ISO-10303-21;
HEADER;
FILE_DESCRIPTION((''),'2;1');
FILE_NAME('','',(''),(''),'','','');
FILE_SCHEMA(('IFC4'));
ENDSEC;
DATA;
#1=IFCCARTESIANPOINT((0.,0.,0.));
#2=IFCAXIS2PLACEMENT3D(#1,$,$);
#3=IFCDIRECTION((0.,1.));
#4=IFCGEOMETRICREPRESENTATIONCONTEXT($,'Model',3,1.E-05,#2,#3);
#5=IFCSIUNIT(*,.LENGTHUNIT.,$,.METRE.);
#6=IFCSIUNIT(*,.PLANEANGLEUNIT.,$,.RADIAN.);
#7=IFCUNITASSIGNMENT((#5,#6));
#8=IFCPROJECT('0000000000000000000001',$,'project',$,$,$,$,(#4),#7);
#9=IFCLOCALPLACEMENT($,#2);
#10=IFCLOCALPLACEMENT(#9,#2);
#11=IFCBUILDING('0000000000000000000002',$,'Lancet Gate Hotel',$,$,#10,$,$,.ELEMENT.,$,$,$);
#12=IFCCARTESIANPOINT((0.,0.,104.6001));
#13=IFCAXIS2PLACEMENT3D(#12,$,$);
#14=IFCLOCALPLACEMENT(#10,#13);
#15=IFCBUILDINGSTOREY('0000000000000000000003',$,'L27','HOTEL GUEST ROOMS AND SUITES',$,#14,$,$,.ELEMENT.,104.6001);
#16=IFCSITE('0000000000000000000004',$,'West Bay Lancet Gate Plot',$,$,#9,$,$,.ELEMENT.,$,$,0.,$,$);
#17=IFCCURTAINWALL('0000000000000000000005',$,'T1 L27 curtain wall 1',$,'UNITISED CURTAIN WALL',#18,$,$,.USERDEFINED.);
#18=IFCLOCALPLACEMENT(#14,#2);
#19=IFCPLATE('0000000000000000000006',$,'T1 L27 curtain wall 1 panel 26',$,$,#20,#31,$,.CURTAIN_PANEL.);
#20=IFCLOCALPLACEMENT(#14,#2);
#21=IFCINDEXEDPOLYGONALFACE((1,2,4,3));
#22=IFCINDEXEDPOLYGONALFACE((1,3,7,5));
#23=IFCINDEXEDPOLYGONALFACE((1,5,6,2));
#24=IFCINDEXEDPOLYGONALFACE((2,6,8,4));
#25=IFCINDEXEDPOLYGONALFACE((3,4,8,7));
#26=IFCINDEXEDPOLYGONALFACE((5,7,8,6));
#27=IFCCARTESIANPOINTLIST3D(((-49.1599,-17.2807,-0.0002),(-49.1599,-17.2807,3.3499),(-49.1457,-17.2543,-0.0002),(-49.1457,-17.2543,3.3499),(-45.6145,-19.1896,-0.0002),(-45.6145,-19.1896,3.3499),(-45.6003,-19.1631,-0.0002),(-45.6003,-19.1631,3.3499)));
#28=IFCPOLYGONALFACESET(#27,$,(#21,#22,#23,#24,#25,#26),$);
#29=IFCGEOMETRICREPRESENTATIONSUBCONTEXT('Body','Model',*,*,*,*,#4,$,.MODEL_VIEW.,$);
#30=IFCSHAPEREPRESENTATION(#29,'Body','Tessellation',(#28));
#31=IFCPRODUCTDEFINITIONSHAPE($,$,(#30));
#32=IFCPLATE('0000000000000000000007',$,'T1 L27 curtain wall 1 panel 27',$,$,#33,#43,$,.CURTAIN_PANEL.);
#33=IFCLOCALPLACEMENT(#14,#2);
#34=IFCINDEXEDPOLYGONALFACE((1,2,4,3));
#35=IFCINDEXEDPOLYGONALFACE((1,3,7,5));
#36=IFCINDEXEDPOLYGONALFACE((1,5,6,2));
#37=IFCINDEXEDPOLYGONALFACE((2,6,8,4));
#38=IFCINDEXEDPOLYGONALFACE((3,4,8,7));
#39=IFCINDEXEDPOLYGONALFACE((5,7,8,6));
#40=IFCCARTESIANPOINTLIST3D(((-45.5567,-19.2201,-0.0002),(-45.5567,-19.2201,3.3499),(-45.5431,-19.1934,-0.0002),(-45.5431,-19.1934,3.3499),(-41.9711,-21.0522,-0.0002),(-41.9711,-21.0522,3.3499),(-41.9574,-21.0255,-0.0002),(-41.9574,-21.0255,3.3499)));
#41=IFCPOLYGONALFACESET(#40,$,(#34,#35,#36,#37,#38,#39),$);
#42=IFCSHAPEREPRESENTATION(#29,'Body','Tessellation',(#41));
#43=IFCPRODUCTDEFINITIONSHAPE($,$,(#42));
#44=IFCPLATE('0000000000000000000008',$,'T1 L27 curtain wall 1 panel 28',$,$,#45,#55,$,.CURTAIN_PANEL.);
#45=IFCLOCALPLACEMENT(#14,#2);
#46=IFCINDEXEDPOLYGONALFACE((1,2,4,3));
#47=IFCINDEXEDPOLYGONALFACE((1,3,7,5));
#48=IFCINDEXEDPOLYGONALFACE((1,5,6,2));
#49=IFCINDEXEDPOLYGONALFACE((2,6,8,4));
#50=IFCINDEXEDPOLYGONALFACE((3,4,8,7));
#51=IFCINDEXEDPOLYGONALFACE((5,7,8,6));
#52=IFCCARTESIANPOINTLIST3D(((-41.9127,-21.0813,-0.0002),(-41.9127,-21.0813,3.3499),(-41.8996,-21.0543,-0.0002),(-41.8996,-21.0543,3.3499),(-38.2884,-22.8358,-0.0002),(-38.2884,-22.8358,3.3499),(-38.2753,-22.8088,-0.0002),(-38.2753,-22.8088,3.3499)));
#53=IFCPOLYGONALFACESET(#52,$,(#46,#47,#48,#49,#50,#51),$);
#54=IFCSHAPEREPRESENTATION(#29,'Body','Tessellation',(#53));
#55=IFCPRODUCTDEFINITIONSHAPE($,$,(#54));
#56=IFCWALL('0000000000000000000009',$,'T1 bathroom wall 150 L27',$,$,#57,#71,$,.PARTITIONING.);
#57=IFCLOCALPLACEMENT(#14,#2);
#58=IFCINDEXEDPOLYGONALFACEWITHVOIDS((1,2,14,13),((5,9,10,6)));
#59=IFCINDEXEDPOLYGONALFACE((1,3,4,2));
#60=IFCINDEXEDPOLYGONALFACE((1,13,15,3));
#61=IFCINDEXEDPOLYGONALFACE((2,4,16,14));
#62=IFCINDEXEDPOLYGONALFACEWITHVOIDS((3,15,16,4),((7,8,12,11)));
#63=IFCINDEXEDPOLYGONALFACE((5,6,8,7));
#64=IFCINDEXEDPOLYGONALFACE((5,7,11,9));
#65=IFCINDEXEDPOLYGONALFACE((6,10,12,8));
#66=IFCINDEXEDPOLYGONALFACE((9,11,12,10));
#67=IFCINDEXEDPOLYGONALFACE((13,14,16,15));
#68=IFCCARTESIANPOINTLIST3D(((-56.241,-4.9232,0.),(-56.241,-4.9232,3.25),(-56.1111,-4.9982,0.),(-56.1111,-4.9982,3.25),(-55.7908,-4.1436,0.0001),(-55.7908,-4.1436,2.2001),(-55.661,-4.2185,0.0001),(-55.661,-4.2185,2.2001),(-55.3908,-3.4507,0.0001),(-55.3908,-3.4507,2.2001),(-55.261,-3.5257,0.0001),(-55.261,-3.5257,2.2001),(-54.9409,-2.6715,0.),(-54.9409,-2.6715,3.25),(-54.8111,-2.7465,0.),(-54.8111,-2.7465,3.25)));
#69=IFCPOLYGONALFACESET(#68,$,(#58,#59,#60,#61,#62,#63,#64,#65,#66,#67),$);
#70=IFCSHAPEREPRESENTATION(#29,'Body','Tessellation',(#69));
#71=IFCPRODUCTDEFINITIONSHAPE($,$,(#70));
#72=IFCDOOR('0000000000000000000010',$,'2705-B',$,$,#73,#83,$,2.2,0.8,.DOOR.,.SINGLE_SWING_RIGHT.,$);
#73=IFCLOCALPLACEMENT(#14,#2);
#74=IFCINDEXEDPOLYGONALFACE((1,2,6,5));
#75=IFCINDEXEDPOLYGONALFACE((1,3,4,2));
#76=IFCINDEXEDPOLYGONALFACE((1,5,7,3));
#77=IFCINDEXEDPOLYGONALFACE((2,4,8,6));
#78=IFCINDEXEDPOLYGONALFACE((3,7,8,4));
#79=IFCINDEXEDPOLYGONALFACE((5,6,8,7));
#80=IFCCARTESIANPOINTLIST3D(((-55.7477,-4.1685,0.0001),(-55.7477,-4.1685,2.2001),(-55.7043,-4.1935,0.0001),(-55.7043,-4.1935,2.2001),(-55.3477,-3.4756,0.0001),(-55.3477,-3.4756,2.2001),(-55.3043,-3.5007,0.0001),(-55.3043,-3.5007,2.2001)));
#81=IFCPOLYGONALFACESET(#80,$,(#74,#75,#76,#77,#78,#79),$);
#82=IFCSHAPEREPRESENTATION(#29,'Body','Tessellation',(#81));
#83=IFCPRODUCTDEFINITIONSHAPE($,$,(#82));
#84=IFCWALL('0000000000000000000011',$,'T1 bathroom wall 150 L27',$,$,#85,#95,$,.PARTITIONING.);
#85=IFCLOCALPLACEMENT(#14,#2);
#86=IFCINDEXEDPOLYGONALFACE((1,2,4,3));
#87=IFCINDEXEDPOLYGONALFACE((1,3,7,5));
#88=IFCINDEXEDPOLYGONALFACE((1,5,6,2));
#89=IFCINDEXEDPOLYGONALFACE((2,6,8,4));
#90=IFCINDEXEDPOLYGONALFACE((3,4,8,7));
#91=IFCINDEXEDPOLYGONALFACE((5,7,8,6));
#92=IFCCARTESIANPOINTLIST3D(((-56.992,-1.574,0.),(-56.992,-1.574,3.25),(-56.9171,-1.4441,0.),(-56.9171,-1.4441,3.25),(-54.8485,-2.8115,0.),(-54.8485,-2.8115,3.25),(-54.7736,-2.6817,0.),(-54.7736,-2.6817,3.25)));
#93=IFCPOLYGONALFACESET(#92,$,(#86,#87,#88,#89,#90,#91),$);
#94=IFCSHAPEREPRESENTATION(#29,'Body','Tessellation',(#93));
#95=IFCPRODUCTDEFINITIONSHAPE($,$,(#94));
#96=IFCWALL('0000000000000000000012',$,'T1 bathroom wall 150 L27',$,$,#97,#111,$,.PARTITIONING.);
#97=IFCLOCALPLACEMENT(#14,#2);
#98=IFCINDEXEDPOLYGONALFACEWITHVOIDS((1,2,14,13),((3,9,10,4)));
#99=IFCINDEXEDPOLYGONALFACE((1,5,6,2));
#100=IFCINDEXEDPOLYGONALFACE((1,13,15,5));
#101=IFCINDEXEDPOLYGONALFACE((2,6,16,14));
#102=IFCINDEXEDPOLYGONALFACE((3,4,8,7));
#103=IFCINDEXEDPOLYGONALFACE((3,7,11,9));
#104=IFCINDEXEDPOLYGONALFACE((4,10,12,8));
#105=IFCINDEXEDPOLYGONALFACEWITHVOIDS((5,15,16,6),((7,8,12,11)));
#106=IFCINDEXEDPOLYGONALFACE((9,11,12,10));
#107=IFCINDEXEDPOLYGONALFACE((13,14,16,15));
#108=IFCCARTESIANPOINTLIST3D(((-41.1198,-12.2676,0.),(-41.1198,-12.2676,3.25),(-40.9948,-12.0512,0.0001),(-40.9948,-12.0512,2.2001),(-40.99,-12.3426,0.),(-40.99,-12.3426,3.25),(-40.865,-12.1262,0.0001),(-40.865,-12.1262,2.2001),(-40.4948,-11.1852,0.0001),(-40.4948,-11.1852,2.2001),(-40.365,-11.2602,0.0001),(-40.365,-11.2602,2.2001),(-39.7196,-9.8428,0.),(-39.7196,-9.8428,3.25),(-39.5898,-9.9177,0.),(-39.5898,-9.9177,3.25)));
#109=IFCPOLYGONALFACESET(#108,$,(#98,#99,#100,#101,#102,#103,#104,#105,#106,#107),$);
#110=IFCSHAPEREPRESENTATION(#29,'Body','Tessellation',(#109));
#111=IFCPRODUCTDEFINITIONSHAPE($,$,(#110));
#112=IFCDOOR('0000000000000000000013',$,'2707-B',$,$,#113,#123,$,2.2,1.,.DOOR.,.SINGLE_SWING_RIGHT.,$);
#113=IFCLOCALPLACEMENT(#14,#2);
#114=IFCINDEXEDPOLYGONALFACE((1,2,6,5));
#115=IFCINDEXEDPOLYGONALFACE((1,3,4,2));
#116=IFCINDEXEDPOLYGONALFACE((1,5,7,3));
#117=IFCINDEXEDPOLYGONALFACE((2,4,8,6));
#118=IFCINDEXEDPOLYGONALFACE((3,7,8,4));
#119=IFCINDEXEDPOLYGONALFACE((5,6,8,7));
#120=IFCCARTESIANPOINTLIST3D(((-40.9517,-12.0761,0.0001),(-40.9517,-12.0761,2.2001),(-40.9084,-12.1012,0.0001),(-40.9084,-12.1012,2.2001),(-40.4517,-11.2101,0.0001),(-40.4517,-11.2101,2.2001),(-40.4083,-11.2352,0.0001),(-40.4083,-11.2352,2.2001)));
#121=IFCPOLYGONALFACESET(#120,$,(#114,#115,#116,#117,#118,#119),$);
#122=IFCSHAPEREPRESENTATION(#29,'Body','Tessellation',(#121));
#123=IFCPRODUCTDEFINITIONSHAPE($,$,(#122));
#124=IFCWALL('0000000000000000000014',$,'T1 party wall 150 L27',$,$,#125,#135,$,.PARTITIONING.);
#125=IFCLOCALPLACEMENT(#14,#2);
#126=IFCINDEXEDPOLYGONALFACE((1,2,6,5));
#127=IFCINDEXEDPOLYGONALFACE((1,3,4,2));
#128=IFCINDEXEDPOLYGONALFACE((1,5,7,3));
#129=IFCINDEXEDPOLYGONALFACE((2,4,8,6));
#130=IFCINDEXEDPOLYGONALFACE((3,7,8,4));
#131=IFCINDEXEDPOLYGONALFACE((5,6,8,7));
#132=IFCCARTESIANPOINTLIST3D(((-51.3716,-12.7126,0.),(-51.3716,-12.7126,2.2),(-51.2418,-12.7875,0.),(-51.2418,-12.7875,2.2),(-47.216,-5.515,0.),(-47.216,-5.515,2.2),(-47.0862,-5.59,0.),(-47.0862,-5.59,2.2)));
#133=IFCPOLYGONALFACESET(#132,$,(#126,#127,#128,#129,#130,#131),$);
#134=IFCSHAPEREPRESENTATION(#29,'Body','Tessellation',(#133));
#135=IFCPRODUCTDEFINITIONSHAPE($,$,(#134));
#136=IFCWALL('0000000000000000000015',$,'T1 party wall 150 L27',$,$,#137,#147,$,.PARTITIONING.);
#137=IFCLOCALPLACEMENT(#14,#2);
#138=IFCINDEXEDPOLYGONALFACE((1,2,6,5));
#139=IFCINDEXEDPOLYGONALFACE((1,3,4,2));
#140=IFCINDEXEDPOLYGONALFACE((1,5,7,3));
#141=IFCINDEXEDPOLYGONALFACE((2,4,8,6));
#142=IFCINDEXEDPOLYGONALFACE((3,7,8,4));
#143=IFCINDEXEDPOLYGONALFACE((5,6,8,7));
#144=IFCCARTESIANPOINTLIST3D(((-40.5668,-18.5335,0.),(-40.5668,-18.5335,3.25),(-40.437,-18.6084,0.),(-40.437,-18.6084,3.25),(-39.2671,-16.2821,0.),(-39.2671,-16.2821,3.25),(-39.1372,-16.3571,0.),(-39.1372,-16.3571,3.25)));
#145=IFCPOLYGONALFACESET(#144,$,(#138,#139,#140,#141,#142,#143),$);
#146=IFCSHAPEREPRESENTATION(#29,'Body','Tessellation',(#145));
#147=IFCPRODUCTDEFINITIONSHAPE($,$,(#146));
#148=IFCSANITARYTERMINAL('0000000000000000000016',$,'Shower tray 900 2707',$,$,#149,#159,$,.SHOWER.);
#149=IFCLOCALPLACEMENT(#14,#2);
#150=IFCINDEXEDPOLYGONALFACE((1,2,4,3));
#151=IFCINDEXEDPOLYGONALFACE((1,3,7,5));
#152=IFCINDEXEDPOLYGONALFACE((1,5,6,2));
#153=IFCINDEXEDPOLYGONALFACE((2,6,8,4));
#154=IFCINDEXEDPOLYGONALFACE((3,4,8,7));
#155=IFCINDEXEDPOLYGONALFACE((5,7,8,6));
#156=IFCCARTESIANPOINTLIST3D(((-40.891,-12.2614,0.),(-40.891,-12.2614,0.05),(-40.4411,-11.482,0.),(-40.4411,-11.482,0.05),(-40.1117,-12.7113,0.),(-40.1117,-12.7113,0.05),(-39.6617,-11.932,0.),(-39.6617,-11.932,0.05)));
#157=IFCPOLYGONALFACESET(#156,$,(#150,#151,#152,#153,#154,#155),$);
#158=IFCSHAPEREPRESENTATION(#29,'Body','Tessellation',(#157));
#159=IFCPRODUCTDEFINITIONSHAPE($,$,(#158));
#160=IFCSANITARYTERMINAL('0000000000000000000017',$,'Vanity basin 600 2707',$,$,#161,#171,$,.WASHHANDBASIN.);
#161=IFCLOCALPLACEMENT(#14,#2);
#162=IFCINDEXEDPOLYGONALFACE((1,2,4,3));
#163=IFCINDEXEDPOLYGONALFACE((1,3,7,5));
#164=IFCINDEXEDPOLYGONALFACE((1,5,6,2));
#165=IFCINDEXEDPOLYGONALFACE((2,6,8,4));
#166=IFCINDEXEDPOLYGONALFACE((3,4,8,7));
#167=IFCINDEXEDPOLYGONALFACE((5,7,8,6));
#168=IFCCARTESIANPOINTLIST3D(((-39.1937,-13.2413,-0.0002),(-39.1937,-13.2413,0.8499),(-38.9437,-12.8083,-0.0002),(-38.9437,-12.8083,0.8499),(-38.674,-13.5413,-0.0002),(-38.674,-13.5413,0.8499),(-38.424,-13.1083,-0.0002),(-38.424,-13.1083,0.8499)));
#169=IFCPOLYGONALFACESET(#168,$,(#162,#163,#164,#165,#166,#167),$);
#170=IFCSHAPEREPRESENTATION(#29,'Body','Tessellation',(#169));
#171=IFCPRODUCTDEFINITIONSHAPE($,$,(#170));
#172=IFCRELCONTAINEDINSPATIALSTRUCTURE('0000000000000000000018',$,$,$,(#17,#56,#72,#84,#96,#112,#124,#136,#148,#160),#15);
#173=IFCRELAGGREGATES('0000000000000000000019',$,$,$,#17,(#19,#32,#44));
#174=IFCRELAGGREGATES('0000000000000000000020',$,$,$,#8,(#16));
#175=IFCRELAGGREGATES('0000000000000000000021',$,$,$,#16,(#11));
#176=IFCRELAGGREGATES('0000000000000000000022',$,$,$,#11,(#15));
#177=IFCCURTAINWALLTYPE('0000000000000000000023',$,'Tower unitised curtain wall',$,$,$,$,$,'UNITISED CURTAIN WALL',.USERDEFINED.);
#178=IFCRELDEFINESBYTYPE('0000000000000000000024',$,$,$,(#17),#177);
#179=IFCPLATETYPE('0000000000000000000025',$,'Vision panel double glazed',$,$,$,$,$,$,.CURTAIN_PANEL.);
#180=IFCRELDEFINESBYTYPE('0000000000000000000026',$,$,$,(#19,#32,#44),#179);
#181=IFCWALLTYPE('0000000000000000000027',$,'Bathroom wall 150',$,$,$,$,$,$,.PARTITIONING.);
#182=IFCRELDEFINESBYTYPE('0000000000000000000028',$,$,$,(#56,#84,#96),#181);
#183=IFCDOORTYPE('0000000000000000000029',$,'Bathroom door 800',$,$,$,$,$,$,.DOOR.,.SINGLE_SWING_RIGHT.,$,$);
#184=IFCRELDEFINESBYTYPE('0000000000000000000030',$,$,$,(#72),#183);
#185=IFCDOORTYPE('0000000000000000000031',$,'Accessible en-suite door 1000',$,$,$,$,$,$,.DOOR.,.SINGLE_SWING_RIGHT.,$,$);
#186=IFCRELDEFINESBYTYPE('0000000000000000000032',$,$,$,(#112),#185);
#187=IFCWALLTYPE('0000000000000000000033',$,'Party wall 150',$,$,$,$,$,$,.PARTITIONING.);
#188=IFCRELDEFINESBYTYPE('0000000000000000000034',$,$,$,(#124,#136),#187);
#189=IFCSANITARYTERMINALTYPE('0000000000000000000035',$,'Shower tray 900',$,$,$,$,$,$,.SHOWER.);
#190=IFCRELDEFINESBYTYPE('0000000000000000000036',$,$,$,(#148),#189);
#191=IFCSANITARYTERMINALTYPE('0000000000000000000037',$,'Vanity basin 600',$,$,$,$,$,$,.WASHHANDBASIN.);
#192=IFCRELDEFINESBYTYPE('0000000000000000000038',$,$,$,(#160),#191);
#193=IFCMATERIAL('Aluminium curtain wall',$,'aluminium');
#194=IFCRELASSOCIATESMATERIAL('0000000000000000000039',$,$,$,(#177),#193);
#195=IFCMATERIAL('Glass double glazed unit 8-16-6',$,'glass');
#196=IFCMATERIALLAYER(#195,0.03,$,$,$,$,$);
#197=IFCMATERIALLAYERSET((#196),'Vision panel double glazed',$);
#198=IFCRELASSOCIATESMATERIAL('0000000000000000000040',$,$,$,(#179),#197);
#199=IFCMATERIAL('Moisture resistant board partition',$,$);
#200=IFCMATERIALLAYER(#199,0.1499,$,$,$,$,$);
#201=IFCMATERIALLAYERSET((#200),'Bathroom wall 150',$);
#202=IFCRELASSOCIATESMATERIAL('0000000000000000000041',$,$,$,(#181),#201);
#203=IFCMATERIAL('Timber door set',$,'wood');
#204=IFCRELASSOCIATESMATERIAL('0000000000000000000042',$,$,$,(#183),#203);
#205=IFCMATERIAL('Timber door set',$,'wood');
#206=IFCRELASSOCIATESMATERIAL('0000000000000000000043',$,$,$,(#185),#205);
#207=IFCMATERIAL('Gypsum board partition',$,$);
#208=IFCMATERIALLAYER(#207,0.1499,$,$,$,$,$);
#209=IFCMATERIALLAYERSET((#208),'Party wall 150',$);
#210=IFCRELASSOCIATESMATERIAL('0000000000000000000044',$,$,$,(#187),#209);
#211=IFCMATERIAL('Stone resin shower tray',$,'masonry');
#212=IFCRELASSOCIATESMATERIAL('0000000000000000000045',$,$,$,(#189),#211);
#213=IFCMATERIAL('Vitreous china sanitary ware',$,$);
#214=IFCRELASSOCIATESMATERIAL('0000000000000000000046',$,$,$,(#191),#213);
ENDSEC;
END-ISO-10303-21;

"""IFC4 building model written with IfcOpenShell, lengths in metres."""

from ifc_helpers import new_model, si_unit, direction, frame, frame_2d, origin, origin_2d, place, context, subcontext, project, spatial, rectangle, extrude, material, layer, layer_set, type_object, element, fill, aggregate, save


model = new_model("IFC4")

# Units and contexts
model_context = context("Model", 3, precision=1e-05, world=origin(), true_north=direction((0.0, 1.0)))
body_context = subcontext(model_context, "Body", "Model", "MODEL_VIEW")
ifc_project = project(units=[si_unit("LENGTHUNIT", "METRE"), si_unit("PLANEANGLEUNIT", "RADIAN")], contexts=[model_context])

# Site, building, storey
site_placement = place(None, origin())
site = spatial("IfcSite", under=ifc_project, at=site_placement, Name="West Bay Lancet Gate Plot", CompositionType="ELEMENT", RefElevation=0.0)
building_placement = place(site_placement, origin())
building = spatial("IfcBuilding", under=site, at=building_placement, Name="Lancet Gate Hotel", CompositionType="ELEMENT")
storey_placement = place(building_placement, frame((0.0, 0.0, 104.6001)))
storey = spatial("IfcBuildingStorey", under=building, at=storey_placement, Name="L27", Description="HOTEL GUEST ROOMS AND SUITES", CompositionType="ELEMENT", Elevation=104.6001)

# Curtain wall
ifc_material_1 = material(Name="Aluminium curtain wall", Category="aluminium")
curtain_wall_type = type_object("IfcCurtainWallType", Name="Tower unitised curtain wall", ElementType="UNITISED CURTAIN WALL", PredefinedType="USERDEFINED", material=ifc_material_1)
curtain_wall_placement = place(storey_placement, origin())
curtain_wall = element("IfcCurtainWall", 1, at=curtain_wall_placement, inside=storey, type_object=curtain_wall_type, Name="T1 L27 curtain wall 1", ObjectType="UNITISED CURTAIN WALL", PredefinedType="USERDEFINED")

# Plates
ifc_material_2 = material(Name="Glass double glazed unit 8-16-6", Category="glass")
ifc_layer_1 = layer(ifc_material_2, 0.03)
ifc_layer_set_1 = layer_set([ifc_layer_1], Name="Vision panel double glazed")
plate_type = type_object("IfcPlateType", Name="Vision panel double glazed", PredefinedType="CURTAIN_PANEL", material=ifc_layer_set_1)
plate_1_placement = place(storey_placement, frame((-47.3801, -18.2219, -0.0002), z_axis=(0.0, 0.0, 1.0), x_axis=(0.880493, -0.47406, 0.0)))
plate_1 = element("IfcPlate", 2, at=plate_1_placement, type_object=plate_type, Name="T1 L27 curtain wall 1 panel 26", PredefinedType="CURTAIN_PANEL", context=body_context, shape_type="SweptSolid", body=[
    extrude(rectangle(XDim=4.0266, YDim=0.03, at=origin_2d()), origin(), (0.0, 0.0, 1.0), 3.3501),
])
plate_2_placement = place(storey_placement, frame((-43.7571, -20.1228, -0.0002), z_axis=(0.0, 0.0, 1.0), x_axis=(0.890493, -0.454996, 0.0)))
plate_2 = element("IfcPlate", 3, at=plate_2_placement, type_object=plate_type, Name="T1 L27 curtain wall 1 panel 27", PredefinedType="CURTAIN_PANEL", context=body_context, shape_type="SweptSolid", body=[
    extrude(rectangle(XDim=4.0266, YDim=0.03, at=origin_2d()), origin(), (0.0, 0.0, 1.0), 3.3501),
])
plate_3_placement = place(storey_placement, frame((-40.094, -21.9451, -0.0002), z_axis=(0.0, 0.0, 1.0), x_axis=(0.900082, -0.435721, 0.0)))
plate_3 = element("IfcPlate", 4, at=plate_3_placement, type_object=plate_type, Name="T1 L27 curtain wall 1 panel 28", PredefinedType="CURTAIN_PANEL", context=body_context, shape_type="SweptSolid", body=[
    extrude(rectangle(XDim=4.0266, YDim=0.03, at=origin_2d()), origin(), (0.0, 0.0, 1.0), 3.3501),
])
aggregate(curtain_wall, [plate_1, plate_2, plate_3])

# Wall, opening, door
ifc_material_3 = material(Name="Moisture resistant board partition")
ifc_layer_2 = layer(ifc_material_3, 0.1499)
ifc_layer_set_2 = layer_set([ifc_layer_2], Name="Bathroom wall 150")
wall_type_1 = type_object("IfcWallType", Name="Bathroom wall 150", PredefinedType="PARTITIONING", material=ifc_layer_set_2)
wall_1_placement = place(storey_placement, frame((-54.876, -2.709, 0.0), z_axis=(0.0, 0.0, 1.0), x_axis=(-0.500007, -0.866021, 0.0)))
wall_1 = element("IfcWall", 5, at=wall_1_placement, inside=storey, type_object=wall_type_1, Name="T1 bathroom wall 150 L27", PredefinedType="PARTITIONING", context=body_context, shape_type="SweptSolid", body=[
    extrude(rectangle(XDim=2.6001, YDim=0.1499, at=frame_2d((1.3, 0.0))), origin(), (0.0, 0.0, 1.0), 3.25),
])
opening_1_placement = place(wall_1_placement, frame((0.8999, 0.0, 0.0)))
opening_1 = element("IfcOpeningElement", 6, at=opening_1_placement, cuts=wall_1, PredefinedType="OPENING", context=body_context, shape_type="SweptSolid", body=[
    extrude(rectangle(XDim=0.8, YDim=2.2, at=frame_2d((0.3999, 1.1001))), frame((0.0, 0.085, 0.0), z_axis=(0.0, -1.0, 0.0), x_axis=(1.0, 0.0, 0.0)), (0.0, 0.0, 1.0), 0.1699),
])
ifc_material_4 = material(Name="Timber door set", Category="wood")
door_type_1 = type_object("IfcDoorType", Name="Bathroom door 800", OperationType="SINGLE_SWING_RIGHT", PredefinedType="DOOR", material=ifc_material_4)
door_1_placement = place(opening_1_placement, origin())
door_1 = element("IfcDoor", 7, at=door_1_placement, inside=storey, type_object=door_type_1, Name="2705-B", OperationType="SINGLE_SWING_RIGHT", OverallHeight=2.2, OverallWidth=0.8, PredefinedType="DOOR", context=body_context, shape_type="SweptSolid", body=[
    extrude(rectangle(XDim=0.8, YDim=2.2, at=frame_2d((0.3999, 1.1001))), frame((0.0, 0.0249, 0.0), z_axis=(0.0, -1.0, 0.0), x_axis=(1.0, 0.0, 0.0)), (0.0, 0.0, 1.0), 0.05),
])
fill(opening_1, door_1)

# Wall
wall_2_placement = place(storey_placement, frame((-54.811, -2.7466, 0.0), z_axis=(0.0, 0.0, 1.0), x_axis=(-0.866031, 0.49999, 0.0)))
element("IfcWall", 8, at=wall_2_placement, inside=storey, type_object=wall_type_1, Name="T1 bathroom wall 150 L27", PredefinedType="PARTITIONING", context=body_context, shape_type="SweptSolid", body=[
    extrude(rectangle(XDim=2.4751, YDim=0.1499, at=frame_2d((1.2375, 0.0))), origin(), (0.0, 0.0, 1.0), 3.25),
])

# Wall, opening, door
wall_3_placement = place(storey_placement, frame((-39.6548, -9.8804, 0.0), z_axis=(0.0, 0.0, 1.0), x_axis=(-0.50005, -0.865997, 0.0)))
wall_3 = element("IfcWall", 9, at=wall_3_placement, inside=storey, type_object=wall_type_1, Name="T1 bathroom wall 150 L27", PredefinedType="PARTITIONING", context=body_context, shape_type="SweptSolid", body=[
    extrude(rectangle(XDim=2.8, YDim=0.1499, at=frame_2d((1.3999, 0.0))), origin(), (0.0, 0.0, 1.0), 3.25),
])
opening_2_placement = place(wall_3_placement, frame((1.55, 0.0, 0.0)))
opening_2 = element("IfcOpeningElement", 10, at=opening_2_placement, cuts=wall_3, PredefinedType="OPENING", context=body_context, shape_type="SweptSolid", body=[
    extrude(rectangle(XDim=1.0, YDim=2.2, at=frame_2d((0.5, 1.1001))), frame((0.0, 0.085, 0.0), z_axis=(0.0, -1.0, 0.0), x_axis=(1.0, 0.0, 0.0)), (0.0, 0.0, 1.0), 0.1699),
])
ifc_material_5 = material(Name="Timber door set", Category="wood")
door_type_2 = type_object("IfcDoorType", Name="Accessible en-suite door 1000", OperationType="SINGLE_SWING_RIGHT", PredefinedType="DOOR", material=ifc_material_5)
door_2_placement = place(opening_2_placement, origin())
door_2 = element("IfcDoor", 11, at=door_2_placement, inside=storey, type_object=door_type_2, Name="2707-B", OperationType="SINGLE_SWING_RIGHT", OverallHeight=2.2, OverallWidth=1.0, PredefinedType="DOOR", context=body_context, shape_type="SweptSolid", body=[
    extrude(rectangle(XDim=1.0, YDim=2.2, at=frame_2d((0.5, 1.1001))), frame((0.0, 0.0249, 0.0), z_axis=(0.0, -1.0, 0.0), x_axis=(1.0, 0.0, 0.0)), (0.0, 0.0, 1.0), 0.05),
])
fill(opening_2, door_2)

# Walls
ifc_material_6 = material(Name="Gypsum board partition")
ifc_layer_3 = layer(ifc_material_6, 0.1499)
ifc_layer_set_3 = layer_set([ifc_layer_3], Name="Party wall 150")
wall_type_2 = type_object("IfcWallType", Name="Party wall 150", PredefinedType="PARTITIONING", material=ifc_layer_set_3)
wall_4_placement = place(storey_placement, frame((-47.1511, -5.5525, 0.0), z_axis=(0.0, 0.0, 1.0), x_axis=(-0.500003, -0.866024, 0.0)))
element("IfcWall", 12, at=wall_4_placement, inside=storey, type_object=wall_type_2, Name="T1 party wall 150 L27", PredefinedType="PARTITIONING", context=body_context, shape_type="SweptSolid", body=[
    extrude(rectangle(XDim=8.311, YDim=0.1499, at=frame_2d((4.1555, 0.0))), origin(), (0.0, 0.0, 1.0), 2.2),
])
wall_5_placement = place(storey_placement, frame((-39.2021, -16.3196, 0.0), z_axis=(0.0, 0.0, 1.0), x_axis=(-0.499977, -0.866039, 0.0)))
element("IfcWall", 13, at=wall_5_placement, inside=storey, type_object=wall_type_2, Name="T1 party wall 150 L27", PredefinedType="PARTITIONING", context=body_context, shape_type="SweptSolid", body=[
    extrude(rectangle(XDim=2.5996, YDim=0.1499, at=frame_2d((1.2998, 0.0))), origin(), (0.0, 0.0, 1.0), 3.25),
])

# Sanitary terminals
ifc_material_7 = material(Name="Stone resin shower tray", Category="masonry")
sanitary_terminal_type_1 = type_object("IfcSanitaryTerminalType", Name="Shower tray 900", PredefinedType="SHOWER", material=ifc_material_7)
sanitary_terminal_1_placement = place(storey_placement, frame((-40.2764, -12.0967, 0.0), z_axis=(0.0, 0.0, 1.0), x_axis=(-0.866025, 0.5, 0.0)))
element("IfcSanitaryTerminal", 14, at=sanitary_terminal_1_placement, inside=storey, type_object=sanitary_terminal_type_1, Name="Shower tray 900 2707", PredefinedType="SHOWER", context=body_context, shape_type="SweptSolid", body=[
    extrude(rectangle(XDim=0.8999, YDim=0.8999, at=origin_2d()), origin(), (0.0, 0.0, 1.0), 0.05),
])
ifc_material_8 = material(Name="Vitreous china sanitary ware")
sanitary_terminal_type_2 = type_object("IfcSanitaryTerminalType", Name="Vanity basin 600", PredefinedType="WASHHANDBASIN", material=ifc_material_8)
sanitary_terminal_2_placement = place(storey_placement, frame((-38.8088, -13.1748, -0.0002), z_axis=(0.0, 0.0, 1.0), x_axis=(-0.866025, 0.5, 0.0)))
element("IfcSanitaryTerminal", 15, at=sanitary_terminal_2_placement, inside=storey, type_object=sanitary_terminal_type_2, Name="Vanity basin 600 2707", PredefinedType="WASHHANDBASIN", context=body_context, shape_type="SweptSolid", body=[
    extrude(rectangle(XDim=0.6001, YDim=0.5, at=origin_2d()), origin(), (0.0, 0.0, 1.0), 0.8501),
])

save(model, "model.ifc")
